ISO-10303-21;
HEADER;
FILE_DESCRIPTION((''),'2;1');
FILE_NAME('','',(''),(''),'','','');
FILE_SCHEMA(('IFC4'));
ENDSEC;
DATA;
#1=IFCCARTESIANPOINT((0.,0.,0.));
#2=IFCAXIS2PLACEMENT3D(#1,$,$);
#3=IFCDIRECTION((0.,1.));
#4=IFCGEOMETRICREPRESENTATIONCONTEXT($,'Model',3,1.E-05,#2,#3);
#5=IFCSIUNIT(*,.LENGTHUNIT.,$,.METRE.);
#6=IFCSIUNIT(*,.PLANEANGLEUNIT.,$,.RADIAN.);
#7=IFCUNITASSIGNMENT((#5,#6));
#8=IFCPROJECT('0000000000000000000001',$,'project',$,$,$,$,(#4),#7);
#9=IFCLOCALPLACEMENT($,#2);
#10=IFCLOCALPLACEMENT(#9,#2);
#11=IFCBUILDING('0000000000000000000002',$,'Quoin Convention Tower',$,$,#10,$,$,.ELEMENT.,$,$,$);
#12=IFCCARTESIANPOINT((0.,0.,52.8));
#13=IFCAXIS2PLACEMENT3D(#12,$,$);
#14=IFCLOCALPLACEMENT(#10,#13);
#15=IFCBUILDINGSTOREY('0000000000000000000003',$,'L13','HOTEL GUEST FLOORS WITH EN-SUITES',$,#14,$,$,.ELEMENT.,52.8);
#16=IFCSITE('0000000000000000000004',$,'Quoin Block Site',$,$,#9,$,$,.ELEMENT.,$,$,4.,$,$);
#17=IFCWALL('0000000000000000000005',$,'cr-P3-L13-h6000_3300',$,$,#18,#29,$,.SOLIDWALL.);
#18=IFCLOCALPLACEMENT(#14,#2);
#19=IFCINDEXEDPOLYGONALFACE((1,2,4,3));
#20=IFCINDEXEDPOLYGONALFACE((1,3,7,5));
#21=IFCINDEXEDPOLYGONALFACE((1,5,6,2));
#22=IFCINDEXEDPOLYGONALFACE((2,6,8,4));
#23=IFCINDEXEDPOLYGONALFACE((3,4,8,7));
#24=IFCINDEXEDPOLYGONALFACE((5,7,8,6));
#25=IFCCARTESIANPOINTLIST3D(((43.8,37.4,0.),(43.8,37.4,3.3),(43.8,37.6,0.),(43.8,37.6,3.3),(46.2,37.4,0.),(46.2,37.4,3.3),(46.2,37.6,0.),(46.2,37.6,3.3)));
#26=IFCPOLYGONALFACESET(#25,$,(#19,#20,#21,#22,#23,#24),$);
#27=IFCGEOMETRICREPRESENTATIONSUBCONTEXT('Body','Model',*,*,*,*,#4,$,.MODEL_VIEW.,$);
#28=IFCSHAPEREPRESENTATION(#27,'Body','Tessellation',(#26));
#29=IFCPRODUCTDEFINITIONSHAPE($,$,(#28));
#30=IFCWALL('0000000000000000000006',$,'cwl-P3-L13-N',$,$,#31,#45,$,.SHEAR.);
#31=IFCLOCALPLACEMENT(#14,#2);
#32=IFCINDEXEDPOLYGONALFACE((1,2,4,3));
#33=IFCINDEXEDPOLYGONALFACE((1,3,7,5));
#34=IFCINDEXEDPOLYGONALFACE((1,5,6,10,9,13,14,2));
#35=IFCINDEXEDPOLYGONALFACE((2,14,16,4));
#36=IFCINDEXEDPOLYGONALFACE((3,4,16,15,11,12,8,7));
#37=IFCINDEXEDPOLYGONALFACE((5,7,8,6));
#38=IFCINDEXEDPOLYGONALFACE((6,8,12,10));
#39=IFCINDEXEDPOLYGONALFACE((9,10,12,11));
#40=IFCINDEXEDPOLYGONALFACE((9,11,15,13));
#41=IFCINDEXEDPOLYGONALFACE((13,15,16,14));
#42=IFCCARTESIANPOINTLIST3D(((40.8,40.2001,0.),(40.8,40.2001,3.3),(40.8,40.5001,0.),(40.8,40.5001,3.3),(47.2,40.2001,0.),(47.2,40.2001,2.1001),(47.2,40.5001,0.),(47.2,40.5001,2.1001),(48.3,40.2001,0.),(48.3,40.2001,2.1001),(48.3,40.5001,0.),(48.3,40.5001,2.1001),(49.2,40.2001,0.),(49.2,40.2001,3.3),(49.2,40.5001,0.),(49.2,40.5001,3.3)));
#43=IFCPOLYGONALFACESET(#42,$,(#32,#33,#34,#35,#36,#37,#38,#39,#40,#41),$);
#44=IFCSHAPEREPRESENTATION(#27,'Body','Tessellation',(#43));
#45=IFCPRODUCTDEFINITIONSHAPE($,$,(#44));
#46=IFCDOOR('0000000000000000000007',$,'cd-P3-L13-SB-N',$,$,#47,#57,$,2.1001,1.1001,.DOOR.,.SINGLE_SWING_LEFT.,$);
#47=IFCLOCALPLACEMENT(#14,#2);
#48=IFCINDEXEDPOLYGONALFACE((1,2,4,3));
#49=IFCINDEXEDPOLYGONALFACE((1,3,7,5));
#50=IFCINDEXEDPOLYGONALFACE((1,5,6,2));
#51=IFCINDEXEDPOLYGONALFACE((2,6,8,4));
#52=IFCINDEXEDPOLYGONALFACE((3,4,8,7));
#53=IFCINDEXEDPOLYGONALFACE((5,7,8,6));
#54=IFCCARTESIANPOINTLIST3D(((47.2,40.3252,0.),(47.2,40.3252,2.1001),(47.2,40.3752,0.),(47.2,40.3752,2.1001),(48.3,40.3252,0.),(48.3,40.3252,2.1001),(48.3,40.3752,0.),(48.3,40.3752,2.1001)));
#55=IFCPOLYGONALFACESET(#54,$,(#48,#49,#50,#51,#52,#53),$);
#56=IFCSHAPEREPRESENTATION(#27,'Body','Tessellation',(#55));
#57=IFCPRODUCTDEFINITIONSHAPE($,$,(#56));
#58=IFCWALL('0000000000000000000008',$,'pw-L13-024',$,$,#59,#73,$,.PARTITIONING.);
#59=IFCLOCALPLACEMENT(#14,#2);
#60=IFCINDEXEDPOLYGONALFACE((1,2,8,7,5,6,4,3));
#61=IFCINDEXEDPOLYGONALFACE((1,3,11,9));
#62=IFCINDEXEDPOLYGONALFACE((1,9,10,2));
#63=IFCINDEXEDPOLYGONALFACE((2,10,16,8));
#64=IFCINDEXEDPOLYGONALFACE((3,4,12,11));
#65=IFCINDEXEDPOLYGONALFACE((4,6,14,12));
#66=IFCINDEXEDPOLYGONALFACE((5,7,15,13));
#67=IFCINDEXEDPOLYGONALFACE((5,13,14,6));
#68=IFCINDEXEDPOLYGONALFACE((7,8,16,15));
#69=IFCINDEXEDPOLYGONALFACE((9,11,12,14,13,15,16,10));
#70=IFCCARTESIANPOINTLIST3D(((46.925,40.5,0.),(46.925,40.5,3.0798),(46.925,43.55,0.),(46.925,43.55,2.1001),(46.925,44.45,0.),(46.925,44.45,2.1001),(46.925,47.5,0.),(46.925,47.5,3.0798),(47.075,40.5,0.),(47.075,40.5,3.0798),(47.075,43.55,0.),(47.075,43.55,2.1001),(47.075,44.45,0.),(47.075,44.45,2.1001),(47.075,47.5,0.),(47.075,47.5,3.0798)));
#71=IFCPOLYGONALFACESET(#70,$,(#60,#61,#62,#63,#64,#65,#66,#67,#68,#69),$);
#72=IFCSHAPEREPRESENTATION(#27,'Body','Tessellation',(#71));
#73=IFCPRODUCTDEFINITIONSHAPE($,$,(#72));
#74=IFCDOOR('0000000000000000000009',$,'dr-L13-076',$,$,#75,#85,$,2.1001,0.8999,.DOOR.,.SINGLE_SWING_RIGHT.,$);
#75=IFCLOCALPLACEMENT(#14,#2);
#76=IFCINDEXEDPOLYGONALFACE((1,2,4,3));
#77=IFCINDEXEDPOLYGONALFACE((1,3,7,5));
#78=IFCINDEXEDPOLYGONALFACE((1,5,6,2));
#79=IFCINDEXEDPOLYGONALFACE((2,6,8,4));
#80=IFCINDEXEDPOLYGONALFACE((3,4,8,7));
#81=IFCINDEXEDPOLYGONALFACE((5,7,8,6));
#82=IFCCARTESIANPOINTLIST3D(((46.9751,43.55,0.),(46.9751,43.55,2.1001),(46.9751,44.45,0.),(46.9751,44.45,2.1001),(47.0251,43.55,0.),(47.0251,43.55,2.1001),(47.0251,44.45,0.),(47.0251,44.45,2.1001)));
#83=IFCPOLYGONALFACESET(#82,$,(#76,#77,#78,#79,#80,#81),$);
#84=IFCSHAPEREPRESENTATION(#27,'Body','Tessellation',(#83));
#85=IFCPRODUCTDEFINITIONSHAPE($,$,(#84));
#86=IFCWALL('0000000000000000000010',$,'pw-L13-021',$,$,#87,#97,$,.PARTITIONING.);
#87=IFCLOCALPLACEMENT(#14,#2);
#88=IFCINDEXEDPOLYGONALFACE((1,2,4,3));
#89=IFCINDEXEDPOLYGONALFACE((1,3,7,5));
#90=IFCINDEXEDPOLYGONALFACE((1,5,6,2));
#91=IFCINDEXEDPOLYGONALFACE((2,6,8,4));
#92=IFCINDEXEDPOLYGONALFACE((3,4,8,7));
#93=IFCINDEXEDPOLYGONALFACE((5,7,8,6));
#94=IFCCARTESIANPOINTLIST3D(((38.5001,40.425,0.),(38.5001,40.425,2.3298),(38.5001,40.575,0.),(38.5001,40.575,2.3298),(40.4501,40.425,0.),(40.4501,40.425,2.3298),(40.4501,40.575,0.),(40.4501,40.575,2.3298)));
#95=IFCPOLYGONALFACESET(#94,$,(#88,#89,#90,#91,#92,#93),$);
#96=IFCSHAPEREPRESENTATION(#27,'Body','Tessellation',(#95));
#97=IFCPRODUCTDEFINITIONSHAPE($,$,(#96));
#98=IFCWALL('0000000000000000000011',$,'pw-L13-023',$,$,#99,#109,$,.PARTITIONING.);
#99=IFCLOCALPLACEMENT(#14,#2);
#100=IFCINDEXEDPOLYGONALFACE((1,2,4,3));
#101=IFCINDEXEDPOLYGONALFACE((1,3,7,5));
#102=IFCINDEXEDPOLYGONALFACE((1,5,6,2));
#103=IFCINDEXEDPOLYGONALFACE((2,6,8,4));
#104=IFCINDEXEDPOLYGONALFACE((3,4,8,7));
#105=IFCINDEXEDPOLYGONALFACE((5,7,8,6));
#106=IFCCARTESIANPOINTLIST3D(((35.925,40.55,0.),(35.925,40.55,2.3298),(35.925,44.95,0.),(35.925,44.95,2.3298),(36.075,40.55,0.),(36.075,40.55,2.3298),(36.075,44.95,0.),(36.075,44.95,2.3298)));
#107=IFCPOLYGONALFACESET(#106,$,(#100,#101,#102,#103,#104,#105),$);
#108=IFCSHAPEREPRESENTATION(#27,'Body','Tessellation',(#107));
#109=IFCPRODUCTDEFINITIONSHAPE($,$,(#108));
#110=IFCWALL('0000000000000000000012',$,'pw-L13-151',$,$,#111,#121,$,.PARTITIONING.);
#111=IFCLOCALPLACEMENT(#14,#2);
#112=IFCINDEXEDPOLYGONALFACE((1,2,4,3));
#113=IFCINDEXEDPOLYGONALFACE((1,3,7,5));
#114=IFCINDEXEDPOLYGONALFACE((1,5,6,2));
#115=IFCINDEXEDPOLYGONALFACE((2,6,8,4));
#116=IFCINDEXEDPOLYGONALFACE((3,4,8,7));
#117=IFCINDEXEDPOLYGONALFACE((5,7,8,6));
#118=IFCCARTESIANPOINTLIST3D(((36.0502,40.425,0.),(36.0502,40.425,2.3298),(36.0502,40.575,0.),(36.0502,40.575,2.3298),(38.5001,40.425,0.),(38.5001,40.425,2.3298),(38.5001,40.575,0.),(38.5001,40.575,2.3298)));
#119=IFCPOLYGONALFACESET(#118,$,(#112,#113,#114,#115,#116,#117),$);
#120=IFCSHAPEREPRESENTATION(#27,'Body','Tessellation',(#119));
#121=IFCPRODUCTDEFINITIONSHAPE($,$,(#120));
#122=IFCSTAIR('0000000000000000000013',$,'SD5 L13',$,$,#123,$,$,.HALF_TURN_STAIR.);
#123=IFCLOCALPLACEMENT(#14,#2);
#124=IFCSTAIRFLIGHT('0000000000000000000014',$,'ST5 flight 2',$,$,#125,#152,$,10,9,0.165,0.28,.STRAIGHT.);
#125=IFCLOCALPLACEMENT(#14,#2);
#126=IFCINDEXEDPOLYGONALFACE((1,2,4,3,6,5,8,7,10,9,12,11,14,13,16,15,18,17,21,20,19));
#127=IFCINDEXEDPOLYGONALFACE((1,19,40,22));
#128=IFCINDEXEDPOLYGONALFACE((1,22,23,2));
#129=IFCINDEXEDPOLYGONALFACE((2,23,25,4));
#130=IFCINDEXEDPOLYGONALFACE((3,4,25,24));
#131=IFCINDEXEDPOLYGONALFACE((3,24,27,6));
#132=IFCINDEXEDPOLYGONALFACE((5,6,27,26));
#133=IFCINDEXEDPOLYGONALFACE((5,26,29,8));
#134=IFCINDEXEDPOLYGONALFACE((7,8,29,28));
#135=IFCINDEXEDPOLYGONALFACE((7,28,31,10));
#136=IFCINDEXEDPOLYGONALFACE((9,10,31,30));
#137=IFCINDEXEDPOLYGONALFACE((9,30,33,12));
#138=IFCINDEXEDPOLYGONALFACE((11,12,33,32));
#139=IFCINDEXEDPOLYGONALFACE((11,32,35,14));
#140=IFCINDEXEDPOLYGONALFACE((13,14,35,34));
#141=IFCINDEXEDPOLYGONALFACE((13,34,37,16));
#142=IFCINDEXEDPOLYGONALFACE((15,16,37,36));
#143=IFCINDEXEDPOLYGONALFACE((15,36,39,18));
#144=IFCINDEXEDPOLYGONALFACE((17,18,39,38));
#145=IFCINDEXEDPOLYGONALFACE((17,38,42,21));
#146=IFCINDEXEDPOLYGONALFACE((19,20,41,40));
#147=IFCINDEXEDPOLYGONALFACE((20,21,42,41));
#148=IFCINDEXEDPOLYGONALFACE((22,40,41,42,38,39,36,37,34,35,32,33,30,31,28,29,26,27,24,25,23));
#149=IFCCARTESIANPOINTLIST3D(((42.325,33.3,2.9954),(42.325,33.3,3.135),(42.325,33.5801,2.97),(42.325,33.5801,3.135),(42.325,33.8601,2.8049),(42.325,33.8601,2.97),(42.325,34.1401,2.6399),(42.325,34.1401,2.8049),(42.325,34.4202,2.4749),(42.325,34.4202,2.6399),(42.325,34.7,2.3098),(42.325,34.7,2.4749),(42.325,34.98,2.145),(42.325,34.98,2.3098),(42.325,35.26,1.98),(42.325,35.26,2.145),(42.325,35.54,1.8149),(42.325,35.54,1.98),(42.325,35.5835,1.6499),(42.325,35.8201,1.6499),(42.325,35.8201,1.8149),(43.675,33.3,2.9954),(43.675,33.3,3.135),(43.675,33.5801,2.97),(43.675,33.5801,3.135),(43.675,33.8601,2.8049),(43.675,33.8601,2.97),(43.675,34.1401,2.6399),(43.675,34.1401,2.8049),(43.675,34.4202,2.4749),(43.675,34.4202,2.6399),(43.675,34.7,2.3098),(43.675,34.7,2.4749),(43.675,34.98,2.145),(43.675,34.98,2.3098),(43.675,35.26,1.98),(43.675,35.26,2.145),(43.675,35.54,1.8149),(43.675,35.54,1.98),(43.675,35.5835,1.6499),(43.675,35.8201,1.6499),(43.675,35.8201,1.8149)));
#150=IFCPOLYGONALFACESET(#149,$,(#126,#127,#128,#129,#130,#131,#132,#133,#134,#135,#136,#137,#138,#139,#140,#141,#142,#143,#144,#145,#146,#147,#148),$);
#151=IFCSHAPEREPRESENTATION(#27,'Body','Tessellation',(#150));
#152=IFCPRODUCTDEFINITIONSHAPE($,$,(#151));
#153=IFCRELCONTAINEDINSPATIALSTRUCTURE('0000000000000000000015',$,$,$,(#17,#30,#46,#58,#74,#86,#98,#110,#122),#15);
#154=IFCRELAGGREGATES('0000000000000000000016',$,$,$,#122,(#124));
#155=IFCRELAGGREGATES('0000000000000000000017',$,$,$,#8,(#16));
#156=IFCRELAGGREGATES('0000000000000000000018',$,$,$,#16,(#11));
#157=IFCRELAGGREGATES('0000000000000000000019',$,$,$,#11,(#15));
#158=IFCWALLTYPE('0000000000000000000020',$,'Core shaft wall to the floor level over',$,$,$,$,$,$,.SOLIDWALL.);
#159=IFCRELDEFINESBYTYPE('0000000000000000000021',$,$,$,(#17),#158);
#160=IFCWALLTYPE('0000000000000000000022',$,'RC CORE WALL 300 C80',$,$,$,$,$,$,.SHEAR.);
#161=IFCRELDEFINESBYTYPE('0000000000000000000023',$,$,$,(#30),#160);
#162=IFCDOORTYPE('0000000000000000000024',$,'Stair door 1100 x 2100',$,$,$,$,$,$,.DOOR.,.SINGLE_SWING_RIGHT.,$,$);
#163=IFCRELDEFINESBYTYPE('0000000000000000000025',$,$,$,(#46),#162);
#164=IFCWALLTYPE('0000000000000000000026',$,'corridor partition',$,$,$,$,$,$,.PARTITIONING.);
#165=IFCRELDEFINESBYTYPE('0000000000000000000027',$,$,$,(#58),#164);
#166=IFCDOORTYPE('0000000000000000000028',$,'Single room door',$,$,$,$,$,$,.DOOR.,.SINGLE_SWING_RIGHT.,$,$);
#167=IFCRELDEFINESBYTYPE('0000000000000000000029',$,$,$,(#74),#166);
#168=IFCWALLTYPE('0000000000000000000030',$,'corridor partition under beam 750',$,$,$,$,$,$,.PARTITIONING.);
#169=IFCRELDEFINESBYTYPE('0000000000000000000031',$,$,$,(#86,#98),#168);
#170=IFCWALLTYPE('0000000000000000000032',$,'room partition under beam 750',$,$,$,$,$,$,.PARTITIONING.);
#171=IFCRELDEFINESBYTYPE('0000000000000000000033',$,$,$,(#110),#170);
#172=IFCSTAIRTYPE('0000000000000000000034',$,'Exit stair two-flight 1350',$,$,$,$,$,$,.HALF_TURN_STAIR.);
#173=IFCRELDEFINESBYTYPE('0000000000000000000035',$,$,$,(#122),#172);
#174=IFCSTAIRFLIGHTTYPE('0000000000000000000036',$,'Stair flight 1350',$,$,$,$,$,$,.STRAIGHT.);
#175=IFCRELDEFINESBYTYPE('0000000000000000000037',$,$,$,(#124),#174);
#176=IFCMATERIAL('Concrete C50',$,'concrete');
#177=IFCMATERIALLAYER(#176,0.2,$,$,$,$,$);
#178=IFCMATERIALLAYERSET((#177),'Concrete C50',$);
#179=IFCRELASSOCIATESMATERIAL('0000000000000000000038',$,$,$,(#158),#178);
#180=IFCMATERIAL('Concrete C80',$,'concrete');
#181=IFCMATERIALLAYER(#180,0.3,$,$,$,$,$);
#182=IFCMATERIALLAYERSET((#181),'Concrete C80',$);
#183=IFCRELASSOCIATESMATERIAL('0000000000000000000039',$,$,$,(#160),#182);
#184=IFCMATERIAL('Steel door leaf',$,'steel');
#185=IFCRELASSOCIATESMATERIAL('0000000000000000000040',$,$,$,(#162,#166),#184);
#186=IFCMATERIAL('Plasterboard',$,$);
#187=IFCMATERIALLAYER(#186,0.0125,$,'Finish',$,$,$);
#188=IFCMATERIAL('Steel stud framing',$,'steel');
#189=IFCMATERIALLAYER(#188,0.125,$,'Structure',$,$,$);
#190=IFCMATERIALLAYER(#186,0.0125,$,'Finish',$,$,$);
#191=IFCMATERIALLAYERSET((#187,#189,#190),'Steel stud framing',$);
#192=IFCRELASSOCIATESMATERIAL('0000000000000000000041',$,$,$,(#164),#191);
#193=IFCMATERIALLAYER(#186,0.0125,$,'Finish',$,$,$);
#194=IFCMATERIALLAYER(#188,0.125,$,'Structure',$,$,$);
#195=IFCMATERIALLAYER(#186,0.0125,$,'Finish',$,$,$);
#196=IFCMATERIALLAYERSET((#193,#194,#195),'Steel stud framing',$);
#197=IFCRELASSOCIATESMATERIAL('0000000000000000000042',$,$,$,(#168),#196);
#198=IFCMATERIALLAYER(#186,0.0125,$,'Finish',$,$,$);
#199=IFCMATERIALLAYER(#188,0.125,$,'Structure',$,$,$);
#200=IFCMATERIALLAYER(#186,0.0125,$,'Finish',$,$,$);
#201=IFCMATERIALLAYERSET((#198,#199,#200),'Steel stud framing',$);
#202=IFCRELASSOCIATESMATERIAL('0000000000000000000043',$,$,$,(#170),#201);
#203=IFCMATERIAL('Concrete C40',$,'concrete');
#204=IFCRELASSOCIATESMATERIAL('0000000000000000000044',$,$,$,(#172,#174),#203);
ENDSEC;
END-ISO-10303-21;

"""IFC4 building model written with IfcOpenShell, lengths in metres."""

from ifc_helpers import new_model, si_unit, direction, frame, frame_2d, origin, place, context, subcontext, project, spatial, polyline, rectangle, outline, extrude, material, layer, layer_set, type_object, element, fill, aggregate, save


model = new_model("IFC4")

# Units and contexts
model_context = context("Model", 3, precision=1e-05, world=origin(), true_north=direction((0.0, 1.0)))
body_context = subcontext(model_context, "Body", "Model", "MODEL_VIEW")
ifc_project = project(units=[si_unit("LENGTHUNIT", "METRE"), si_unit("PLANEANGLEUNIT", "RADIAN")], contexts=[model_context])

# Site, building, storey
site_placement = place(None, origin())
site = spatial("IfcSite", under=ifc_project, at=site_placement, Name="Quoin Block Site", CompositionType="ELEMENT", RefElevation=4.0)
building_placement = place(site_placement, origin())
building = spatial("IfcBuilding", under=site, at=building_placement, Name="Quoin Convention Tower", CompositionType="ELEMENT")
storey_placement = place(building_placement, frame((0.0, 0.0, 52.8)))
storey = spatial("IfcBuildingStorey", under=building, at=storey_placement, Name="L13", Description="HOTEL GUEST FLOORS WITH EN-SUITES", CompositionType="ELEMENT", Elevation=52.8)

# Shared definitions
ifc_material_1 = material(Name="Concrete C80", Category="concrete")

# Wall
ifc_material_2 = material(Name="Concrete C50", Category="concrete")
ifc_layer_1 = layer(ifc_material_2, 0.2)
ifc_layer_set_1 = layer_set([ifc_layer_1], Name="Concrete C50")
wall_type_1 = type_object("IfcWallType", Name="Core shaft wall to the floor level over", PredefinedType="SOLIDWALL", material=ifc_layer_set_1)
wall_1_placement = place(storey_placement, frame((43.8, 37.5, 0.0), z_axis=(0.0, 0.0, 1.0), x_axis=(1.0, 0.0, 0.0)))
element("IfcWall", 1, at=wall_1_placement, inside=storey, type_object=wall_type_1, Name="cr-P3-L13-h6000_3300", PredefinedType="SOLIDWALL", context=body_context, shape_type="SweptSolid", body=[
    extrude(rectangle(XDim=2.3999, YDim=0.2, at=frame_2d((1.2, 0.0))), origin(), (0.0, 0.0, 1.0), 3.3),
])

# Walls, openings, doors
ifc_layer_2 = layer(ifc_material_1, 0.3)
ifc_layer_set_2 = layer_set([ifc_layer_2], Name="Concrete C80")
wall_type_2 = type_object("IfcWallType", Name="RC CORE WALL 300 C80", PredefinedType="SHEAR", material=ifc_layer_set_2)
wall_2_placement = place(storey_placement, frame((40.8, 40.3501, 0.0), z_axis=(0.0, 0.0, 1.0), x_axis=(1.0, 0.0, 0.0)))
wall_2 = element("IfcWall", 2, at=wall_2_placement, inside=storey, type_object=wall_type_2, Name="cwl-P3-L13-N", PredefinedType="SHEAR", context=body_context, shape_type="SweptSolid", body=[
    extrude(rectangle(XDim=8.3999, YDim=0.3, at=frame_2d((4.2, 0.0))), origin(), (0.0, 0.0, 1.0), 3.3),
])
opening_1_placement = place(wall_2_placement, frame((6.3999, 0.0, 0.0)))
opening_1 = element("IfcOpeningElement", 3, at=opening_1_placement, cuts=wall_2, PredefinedType="OPENING", context=body_context, shape_type="SweptSolid", body=[
    extrude(rectangle(XDim=1.1001, YDim=2.1001, at=frame_2d((0.55, 1.05))), frame((0.0, 0.1599, 0.0), z_axis=(0.0, -1.0, 0.0), x_axis=(1.0, 0.0, 0.0)), (0.0, 0.0, 1.0), 0.3201),
])
ifc_material_3 = material(Name="Steel door leaf", Category="steel")
door_type_1 = type_object("IfcDoorType", Name="Stair door 1100 x 2100", OperationType="SINGLE_SWING_RIGHT", PredefinedType="DOOR", material=ifc_material_3)
door_1_placement = place(opening_1_placement, frame((1.1001, 0.0, 0.0), z_axis=(0.0, 0.0, 1.0), x_axis=(-1.0, 0.0, 0.0)))
door_1 = element("IfcDoor", 4, at=door_1_placement, inside=storey, type_object=door_type_1, Name="cd-P3-L13-SB-N", OperationType="SINGLE_SWING_LEFT", OverallHeight=2.1001, OverallWidth=1.1001, PredefinedType="DOOR", context=body_context, shape_type="SweptSolid", body=[
    extrude(rectangle(XDim=1.1001, YDim=2.1001, at=frame_2d((0.55, 1.05))), frame((0.0, 0.0249, 0.0), z_axis=(0.0, -1.0, 0.0), x_axis=(1.0, 0.0, 0.0)), (0.0, 0.0, 1.0), 0.05),
])
fill(opening_1, door_1)
ifc_material_4 = material(Name="Plasterboard")
ifc_layer_3 = layer(ifc_material_4, 0.0125, Name="Finish")
ifc_material_5 = material(Name="Steel stud framing", Category="steel")
ifc_layer_4 = layer(ifc_material_5, 0.125, Name="Structure")
ifc_layer_5 = layer(ifc_material_4, 0.0125, Name="Finish")
ifc_layer_set_3 = layer_set([ifc_layer_3, ifc_layer_4, ifc_layer_5], Name="Steel stud framing")
wall_type_3 = type_object("IfcWallType", Name="corridor partition", PredefinedType="PARTITIONING", material=ifc_layer_set_3)
wall_3_placement = place(storey_placement, frame((47.0, 40.5, 0.0), z_axis=(0.0, 0.0, 1.0), x_axis=(0.0, 1.0, 0.0)))
wall_3 = element("IfcWall", 5, at=wall_3_placement, inside=storey, type_object=wall_type_3, Name="pw-L13-024", PredefinedType="PARTITIONING", context=body_context, shape_type="SweptSolid", body=[
    extrude(rectangle(XDim=7.0, YDim=0.1499, at=frame_2d((3.5, 0.0))), origin(), (0.0, 0.0, 1.0), 3.0798),
])
opening_2_placement = place(wall_3_placement, frame((3.05, 0.0, 0.0)))
opening_2 = element("IfcOpeningElement", 6, at=opening_2_placement, cuts=wall_3, PredefinedType="OPENING", context=body_context, shape_type="SweptSolid", body=[
    extrude(rectangle(XDim=0.8999, YDim=2.1001, at=frame_2d((0.45, 1.05))), frame((0.0, 0.085, 0.0), z_axis=(0.0, -1.0, 0.0), x_axis=(1.0, 0.0, 0.0)), (0.0, 0.0, 1.0), 0.1699),
])
door_type_2 = type_object("IfcDoorType", Name="Single room door", OperationType="SINGLE_SWING_RIGHT", PredefinedType="DOOR", material=ifc_material_3)
door_2_placement = place(opening_2_placement, origin())
door_2 = element("IfcDoor", 7, at=door_2_placement, inside=storey, type_object=door_type_2, Name="dr-L13-076", OperationType="SINGLE_SWING_RIGHT", OverallHeight=2.1001, OverallWidth=0.8999, PredefinedType="DOOR", context=body_context, shape_type="SweptSolid", body=[
    extrude(rectangle(XDim=0.8999, YDim=2.1001, at=frame_2d((0.45, 1.05))), frame((0.0, 0.0249, 0.0), z_axis=(0.0, -1.0, 0.0), x_axis=(1.0, 0.0, 0.0)), (0.0, 0.0, 1.0), 0.05),
])
fill(opening_2, door_2)

# Walls
ifc_layer_6 = layer(ifc_material_4, 0.0125, Name="Finish")
ifc_layer_7 = layer(ifc_material_5, 0.125, Name="Structure")
ifc_layer_8 = layer(ifc_material_4, 0.0125, Name="Finish")
ifc_layer_set_4 = layer_set([ifc_layer_6, ifc_layer_7, ifc_layer_8], Name="Steel stud framing")
wall_type_4 = type_object("IfcWallType", Name="corridor partition under beam 750", PredefinedType="PARTITIONING", material=ifc_layer_set_4)
wall_4_placement = place(storey_placement, frame((38.5, 40.5, 0.0), z_axis=(0.0, 0.0, 1.0), x_axis=(1.0, 0.0, 0.0)))
element("IfcWall", 8, at=wall_4_placement, inside=storey, type_object=wall_type_4, Name="pw-L13-021", PredefinedType="PARTITIONING", context=body_context, shape_type="SweptSolid", body=[
    extrude(rectangle(XDim=1.95, YDim=0.1499, at=frame_2d((0.9751, 0.0))), origin(), (0.0, 0.0, 1.0), 2.3298),
])
wall_5_placement = place(storey_placement, frame((36.0, 40.55, 0.0), z_axis=(0.0, 0.0, 1.0), x_axis=(0.0, 1.0, 0.0)))
element("IfcWall", 9, at=wall_5_placement, inside=storey, type_object=wall_type_4, Name="pw-L13-023", PredefinedType="PARTITIONING", context=body_context, shape_type="SweptSolid", body=[
    extrude(rectangle(XDim=4.3999, YDim=0.1499, at=frame_2d((2.2, 0.0))), origin(), (0.0, 0.0, 1.0), 2.3298),
])
ifc_layer_9 = layer(ifc_material_4, 0.0125, Name="Finish")
ifc_layer_10 = layer(ifc_material_5, 0.125, Name="Structure")
ifc_layer_11 = layer(ifc_material_4, 0.0125, Name="Finish")
ifc_layer_set_5 = layer_set([ifc_layer_9, ifc_layer_10, ifc_layer_11], Name="Steel stud framing")
wall_type_5 = type_object("IfcWallType", Name="room partition under beam 750", PredefinedType="PARTITIONING", material=ifc_layer_set_5)
wall_6_placement = place(storey_placement, frame((36.05, 40.5, 0.0), z_axis=(0.0, 0.0, 1.0), x_axis=(1.0, 0.0, 0.0)))
element("IfcWall", 10, at=wall_6_placement, inside=storey, type_object=wall_type_5, Name="pw-L13-151", PredefinedType="PARTITIONING", context=body_context, shape_type="SweptSolid", body=[
    extrude(rectangle(XDim=2.45, YDim=0.1499, at=frame_2d((1.2251, 0.0))), origin(), (0.0, 0.0, 1.0), 2.3298),
])

# Stair, stair flight
ifc_material_6 = material(Name="Concrete C40", Category="concrete")
stair_type = type_object("IfcStairType", Name="Exit stair two-flight 1350", PredefinedType="HALF_TURN_STAIR", material=ifc_material_6)
stair_1_placement = place(storey_placement, origin())
stair_1 = element("IfcStair", 11, at=stair_1_placement, inside=storey, type_object=stair_type, Name="SD5 L13", PredefinedType="HALF_TURN_STAIR")
stair_flight_type = type_object("IfcStairFlightType", Name="Stair flight 1350", PredefinedType="STRAIGHT", material=ifc_material_6)
stair_flight_1_placement = place(storey_placement, frame((43.0, 35.8201, 1.6499), z_axis=(0.0, 0.0, 1.0), x_axis=(0.0, -1.0, 0.0)))
stair_flight_1 = element("IfcStairFlight", 12, at=stair_flight_1_placement, type_object=stair_flight_type, Name="ST5 flight 2", NumberOfRisers=10, NumberOfTreads=9, PredefinedType="STRAIGHT", RiserHeight=0.165, TreadLength=0.28, context=body_context, shape_type="SweptSolid", body=[
    extrude(outline(polyline([(0.0, 0.0), (0.0, 0.165), (0.28, 0.165), (0.28, 0.3301), (0.5601, 0.3301), (0.5601, 0.4951), (0.8401, 0.4951), (0.8401, 0.6599), (1.1201, 0.6599), (1.1201, 0.825), (1.3999, 0.825), (1.3999, 0.99), (1.6799, 0.99), (1.6799, 1.155), (1.96, 1.155), (1.96, 1.3201), (2.24, 1.3201), (2.24, 1.4851), (2.52, 1.4851), (2.52, 1.6499), (2.52, 1.3455), (0.2366, 0.0), (0.0, 0.0)])), frame((0.0, 0.675, 0.0), z_axis=(0.0, -1.0, 0.0), x_axis=(1.0, 0.0, 0.0)), (0.0, 0.0, 1.0), 1.3501),
])
aggregate(stair_1, [stair_flight_1])

save(model, "model.ifc")
